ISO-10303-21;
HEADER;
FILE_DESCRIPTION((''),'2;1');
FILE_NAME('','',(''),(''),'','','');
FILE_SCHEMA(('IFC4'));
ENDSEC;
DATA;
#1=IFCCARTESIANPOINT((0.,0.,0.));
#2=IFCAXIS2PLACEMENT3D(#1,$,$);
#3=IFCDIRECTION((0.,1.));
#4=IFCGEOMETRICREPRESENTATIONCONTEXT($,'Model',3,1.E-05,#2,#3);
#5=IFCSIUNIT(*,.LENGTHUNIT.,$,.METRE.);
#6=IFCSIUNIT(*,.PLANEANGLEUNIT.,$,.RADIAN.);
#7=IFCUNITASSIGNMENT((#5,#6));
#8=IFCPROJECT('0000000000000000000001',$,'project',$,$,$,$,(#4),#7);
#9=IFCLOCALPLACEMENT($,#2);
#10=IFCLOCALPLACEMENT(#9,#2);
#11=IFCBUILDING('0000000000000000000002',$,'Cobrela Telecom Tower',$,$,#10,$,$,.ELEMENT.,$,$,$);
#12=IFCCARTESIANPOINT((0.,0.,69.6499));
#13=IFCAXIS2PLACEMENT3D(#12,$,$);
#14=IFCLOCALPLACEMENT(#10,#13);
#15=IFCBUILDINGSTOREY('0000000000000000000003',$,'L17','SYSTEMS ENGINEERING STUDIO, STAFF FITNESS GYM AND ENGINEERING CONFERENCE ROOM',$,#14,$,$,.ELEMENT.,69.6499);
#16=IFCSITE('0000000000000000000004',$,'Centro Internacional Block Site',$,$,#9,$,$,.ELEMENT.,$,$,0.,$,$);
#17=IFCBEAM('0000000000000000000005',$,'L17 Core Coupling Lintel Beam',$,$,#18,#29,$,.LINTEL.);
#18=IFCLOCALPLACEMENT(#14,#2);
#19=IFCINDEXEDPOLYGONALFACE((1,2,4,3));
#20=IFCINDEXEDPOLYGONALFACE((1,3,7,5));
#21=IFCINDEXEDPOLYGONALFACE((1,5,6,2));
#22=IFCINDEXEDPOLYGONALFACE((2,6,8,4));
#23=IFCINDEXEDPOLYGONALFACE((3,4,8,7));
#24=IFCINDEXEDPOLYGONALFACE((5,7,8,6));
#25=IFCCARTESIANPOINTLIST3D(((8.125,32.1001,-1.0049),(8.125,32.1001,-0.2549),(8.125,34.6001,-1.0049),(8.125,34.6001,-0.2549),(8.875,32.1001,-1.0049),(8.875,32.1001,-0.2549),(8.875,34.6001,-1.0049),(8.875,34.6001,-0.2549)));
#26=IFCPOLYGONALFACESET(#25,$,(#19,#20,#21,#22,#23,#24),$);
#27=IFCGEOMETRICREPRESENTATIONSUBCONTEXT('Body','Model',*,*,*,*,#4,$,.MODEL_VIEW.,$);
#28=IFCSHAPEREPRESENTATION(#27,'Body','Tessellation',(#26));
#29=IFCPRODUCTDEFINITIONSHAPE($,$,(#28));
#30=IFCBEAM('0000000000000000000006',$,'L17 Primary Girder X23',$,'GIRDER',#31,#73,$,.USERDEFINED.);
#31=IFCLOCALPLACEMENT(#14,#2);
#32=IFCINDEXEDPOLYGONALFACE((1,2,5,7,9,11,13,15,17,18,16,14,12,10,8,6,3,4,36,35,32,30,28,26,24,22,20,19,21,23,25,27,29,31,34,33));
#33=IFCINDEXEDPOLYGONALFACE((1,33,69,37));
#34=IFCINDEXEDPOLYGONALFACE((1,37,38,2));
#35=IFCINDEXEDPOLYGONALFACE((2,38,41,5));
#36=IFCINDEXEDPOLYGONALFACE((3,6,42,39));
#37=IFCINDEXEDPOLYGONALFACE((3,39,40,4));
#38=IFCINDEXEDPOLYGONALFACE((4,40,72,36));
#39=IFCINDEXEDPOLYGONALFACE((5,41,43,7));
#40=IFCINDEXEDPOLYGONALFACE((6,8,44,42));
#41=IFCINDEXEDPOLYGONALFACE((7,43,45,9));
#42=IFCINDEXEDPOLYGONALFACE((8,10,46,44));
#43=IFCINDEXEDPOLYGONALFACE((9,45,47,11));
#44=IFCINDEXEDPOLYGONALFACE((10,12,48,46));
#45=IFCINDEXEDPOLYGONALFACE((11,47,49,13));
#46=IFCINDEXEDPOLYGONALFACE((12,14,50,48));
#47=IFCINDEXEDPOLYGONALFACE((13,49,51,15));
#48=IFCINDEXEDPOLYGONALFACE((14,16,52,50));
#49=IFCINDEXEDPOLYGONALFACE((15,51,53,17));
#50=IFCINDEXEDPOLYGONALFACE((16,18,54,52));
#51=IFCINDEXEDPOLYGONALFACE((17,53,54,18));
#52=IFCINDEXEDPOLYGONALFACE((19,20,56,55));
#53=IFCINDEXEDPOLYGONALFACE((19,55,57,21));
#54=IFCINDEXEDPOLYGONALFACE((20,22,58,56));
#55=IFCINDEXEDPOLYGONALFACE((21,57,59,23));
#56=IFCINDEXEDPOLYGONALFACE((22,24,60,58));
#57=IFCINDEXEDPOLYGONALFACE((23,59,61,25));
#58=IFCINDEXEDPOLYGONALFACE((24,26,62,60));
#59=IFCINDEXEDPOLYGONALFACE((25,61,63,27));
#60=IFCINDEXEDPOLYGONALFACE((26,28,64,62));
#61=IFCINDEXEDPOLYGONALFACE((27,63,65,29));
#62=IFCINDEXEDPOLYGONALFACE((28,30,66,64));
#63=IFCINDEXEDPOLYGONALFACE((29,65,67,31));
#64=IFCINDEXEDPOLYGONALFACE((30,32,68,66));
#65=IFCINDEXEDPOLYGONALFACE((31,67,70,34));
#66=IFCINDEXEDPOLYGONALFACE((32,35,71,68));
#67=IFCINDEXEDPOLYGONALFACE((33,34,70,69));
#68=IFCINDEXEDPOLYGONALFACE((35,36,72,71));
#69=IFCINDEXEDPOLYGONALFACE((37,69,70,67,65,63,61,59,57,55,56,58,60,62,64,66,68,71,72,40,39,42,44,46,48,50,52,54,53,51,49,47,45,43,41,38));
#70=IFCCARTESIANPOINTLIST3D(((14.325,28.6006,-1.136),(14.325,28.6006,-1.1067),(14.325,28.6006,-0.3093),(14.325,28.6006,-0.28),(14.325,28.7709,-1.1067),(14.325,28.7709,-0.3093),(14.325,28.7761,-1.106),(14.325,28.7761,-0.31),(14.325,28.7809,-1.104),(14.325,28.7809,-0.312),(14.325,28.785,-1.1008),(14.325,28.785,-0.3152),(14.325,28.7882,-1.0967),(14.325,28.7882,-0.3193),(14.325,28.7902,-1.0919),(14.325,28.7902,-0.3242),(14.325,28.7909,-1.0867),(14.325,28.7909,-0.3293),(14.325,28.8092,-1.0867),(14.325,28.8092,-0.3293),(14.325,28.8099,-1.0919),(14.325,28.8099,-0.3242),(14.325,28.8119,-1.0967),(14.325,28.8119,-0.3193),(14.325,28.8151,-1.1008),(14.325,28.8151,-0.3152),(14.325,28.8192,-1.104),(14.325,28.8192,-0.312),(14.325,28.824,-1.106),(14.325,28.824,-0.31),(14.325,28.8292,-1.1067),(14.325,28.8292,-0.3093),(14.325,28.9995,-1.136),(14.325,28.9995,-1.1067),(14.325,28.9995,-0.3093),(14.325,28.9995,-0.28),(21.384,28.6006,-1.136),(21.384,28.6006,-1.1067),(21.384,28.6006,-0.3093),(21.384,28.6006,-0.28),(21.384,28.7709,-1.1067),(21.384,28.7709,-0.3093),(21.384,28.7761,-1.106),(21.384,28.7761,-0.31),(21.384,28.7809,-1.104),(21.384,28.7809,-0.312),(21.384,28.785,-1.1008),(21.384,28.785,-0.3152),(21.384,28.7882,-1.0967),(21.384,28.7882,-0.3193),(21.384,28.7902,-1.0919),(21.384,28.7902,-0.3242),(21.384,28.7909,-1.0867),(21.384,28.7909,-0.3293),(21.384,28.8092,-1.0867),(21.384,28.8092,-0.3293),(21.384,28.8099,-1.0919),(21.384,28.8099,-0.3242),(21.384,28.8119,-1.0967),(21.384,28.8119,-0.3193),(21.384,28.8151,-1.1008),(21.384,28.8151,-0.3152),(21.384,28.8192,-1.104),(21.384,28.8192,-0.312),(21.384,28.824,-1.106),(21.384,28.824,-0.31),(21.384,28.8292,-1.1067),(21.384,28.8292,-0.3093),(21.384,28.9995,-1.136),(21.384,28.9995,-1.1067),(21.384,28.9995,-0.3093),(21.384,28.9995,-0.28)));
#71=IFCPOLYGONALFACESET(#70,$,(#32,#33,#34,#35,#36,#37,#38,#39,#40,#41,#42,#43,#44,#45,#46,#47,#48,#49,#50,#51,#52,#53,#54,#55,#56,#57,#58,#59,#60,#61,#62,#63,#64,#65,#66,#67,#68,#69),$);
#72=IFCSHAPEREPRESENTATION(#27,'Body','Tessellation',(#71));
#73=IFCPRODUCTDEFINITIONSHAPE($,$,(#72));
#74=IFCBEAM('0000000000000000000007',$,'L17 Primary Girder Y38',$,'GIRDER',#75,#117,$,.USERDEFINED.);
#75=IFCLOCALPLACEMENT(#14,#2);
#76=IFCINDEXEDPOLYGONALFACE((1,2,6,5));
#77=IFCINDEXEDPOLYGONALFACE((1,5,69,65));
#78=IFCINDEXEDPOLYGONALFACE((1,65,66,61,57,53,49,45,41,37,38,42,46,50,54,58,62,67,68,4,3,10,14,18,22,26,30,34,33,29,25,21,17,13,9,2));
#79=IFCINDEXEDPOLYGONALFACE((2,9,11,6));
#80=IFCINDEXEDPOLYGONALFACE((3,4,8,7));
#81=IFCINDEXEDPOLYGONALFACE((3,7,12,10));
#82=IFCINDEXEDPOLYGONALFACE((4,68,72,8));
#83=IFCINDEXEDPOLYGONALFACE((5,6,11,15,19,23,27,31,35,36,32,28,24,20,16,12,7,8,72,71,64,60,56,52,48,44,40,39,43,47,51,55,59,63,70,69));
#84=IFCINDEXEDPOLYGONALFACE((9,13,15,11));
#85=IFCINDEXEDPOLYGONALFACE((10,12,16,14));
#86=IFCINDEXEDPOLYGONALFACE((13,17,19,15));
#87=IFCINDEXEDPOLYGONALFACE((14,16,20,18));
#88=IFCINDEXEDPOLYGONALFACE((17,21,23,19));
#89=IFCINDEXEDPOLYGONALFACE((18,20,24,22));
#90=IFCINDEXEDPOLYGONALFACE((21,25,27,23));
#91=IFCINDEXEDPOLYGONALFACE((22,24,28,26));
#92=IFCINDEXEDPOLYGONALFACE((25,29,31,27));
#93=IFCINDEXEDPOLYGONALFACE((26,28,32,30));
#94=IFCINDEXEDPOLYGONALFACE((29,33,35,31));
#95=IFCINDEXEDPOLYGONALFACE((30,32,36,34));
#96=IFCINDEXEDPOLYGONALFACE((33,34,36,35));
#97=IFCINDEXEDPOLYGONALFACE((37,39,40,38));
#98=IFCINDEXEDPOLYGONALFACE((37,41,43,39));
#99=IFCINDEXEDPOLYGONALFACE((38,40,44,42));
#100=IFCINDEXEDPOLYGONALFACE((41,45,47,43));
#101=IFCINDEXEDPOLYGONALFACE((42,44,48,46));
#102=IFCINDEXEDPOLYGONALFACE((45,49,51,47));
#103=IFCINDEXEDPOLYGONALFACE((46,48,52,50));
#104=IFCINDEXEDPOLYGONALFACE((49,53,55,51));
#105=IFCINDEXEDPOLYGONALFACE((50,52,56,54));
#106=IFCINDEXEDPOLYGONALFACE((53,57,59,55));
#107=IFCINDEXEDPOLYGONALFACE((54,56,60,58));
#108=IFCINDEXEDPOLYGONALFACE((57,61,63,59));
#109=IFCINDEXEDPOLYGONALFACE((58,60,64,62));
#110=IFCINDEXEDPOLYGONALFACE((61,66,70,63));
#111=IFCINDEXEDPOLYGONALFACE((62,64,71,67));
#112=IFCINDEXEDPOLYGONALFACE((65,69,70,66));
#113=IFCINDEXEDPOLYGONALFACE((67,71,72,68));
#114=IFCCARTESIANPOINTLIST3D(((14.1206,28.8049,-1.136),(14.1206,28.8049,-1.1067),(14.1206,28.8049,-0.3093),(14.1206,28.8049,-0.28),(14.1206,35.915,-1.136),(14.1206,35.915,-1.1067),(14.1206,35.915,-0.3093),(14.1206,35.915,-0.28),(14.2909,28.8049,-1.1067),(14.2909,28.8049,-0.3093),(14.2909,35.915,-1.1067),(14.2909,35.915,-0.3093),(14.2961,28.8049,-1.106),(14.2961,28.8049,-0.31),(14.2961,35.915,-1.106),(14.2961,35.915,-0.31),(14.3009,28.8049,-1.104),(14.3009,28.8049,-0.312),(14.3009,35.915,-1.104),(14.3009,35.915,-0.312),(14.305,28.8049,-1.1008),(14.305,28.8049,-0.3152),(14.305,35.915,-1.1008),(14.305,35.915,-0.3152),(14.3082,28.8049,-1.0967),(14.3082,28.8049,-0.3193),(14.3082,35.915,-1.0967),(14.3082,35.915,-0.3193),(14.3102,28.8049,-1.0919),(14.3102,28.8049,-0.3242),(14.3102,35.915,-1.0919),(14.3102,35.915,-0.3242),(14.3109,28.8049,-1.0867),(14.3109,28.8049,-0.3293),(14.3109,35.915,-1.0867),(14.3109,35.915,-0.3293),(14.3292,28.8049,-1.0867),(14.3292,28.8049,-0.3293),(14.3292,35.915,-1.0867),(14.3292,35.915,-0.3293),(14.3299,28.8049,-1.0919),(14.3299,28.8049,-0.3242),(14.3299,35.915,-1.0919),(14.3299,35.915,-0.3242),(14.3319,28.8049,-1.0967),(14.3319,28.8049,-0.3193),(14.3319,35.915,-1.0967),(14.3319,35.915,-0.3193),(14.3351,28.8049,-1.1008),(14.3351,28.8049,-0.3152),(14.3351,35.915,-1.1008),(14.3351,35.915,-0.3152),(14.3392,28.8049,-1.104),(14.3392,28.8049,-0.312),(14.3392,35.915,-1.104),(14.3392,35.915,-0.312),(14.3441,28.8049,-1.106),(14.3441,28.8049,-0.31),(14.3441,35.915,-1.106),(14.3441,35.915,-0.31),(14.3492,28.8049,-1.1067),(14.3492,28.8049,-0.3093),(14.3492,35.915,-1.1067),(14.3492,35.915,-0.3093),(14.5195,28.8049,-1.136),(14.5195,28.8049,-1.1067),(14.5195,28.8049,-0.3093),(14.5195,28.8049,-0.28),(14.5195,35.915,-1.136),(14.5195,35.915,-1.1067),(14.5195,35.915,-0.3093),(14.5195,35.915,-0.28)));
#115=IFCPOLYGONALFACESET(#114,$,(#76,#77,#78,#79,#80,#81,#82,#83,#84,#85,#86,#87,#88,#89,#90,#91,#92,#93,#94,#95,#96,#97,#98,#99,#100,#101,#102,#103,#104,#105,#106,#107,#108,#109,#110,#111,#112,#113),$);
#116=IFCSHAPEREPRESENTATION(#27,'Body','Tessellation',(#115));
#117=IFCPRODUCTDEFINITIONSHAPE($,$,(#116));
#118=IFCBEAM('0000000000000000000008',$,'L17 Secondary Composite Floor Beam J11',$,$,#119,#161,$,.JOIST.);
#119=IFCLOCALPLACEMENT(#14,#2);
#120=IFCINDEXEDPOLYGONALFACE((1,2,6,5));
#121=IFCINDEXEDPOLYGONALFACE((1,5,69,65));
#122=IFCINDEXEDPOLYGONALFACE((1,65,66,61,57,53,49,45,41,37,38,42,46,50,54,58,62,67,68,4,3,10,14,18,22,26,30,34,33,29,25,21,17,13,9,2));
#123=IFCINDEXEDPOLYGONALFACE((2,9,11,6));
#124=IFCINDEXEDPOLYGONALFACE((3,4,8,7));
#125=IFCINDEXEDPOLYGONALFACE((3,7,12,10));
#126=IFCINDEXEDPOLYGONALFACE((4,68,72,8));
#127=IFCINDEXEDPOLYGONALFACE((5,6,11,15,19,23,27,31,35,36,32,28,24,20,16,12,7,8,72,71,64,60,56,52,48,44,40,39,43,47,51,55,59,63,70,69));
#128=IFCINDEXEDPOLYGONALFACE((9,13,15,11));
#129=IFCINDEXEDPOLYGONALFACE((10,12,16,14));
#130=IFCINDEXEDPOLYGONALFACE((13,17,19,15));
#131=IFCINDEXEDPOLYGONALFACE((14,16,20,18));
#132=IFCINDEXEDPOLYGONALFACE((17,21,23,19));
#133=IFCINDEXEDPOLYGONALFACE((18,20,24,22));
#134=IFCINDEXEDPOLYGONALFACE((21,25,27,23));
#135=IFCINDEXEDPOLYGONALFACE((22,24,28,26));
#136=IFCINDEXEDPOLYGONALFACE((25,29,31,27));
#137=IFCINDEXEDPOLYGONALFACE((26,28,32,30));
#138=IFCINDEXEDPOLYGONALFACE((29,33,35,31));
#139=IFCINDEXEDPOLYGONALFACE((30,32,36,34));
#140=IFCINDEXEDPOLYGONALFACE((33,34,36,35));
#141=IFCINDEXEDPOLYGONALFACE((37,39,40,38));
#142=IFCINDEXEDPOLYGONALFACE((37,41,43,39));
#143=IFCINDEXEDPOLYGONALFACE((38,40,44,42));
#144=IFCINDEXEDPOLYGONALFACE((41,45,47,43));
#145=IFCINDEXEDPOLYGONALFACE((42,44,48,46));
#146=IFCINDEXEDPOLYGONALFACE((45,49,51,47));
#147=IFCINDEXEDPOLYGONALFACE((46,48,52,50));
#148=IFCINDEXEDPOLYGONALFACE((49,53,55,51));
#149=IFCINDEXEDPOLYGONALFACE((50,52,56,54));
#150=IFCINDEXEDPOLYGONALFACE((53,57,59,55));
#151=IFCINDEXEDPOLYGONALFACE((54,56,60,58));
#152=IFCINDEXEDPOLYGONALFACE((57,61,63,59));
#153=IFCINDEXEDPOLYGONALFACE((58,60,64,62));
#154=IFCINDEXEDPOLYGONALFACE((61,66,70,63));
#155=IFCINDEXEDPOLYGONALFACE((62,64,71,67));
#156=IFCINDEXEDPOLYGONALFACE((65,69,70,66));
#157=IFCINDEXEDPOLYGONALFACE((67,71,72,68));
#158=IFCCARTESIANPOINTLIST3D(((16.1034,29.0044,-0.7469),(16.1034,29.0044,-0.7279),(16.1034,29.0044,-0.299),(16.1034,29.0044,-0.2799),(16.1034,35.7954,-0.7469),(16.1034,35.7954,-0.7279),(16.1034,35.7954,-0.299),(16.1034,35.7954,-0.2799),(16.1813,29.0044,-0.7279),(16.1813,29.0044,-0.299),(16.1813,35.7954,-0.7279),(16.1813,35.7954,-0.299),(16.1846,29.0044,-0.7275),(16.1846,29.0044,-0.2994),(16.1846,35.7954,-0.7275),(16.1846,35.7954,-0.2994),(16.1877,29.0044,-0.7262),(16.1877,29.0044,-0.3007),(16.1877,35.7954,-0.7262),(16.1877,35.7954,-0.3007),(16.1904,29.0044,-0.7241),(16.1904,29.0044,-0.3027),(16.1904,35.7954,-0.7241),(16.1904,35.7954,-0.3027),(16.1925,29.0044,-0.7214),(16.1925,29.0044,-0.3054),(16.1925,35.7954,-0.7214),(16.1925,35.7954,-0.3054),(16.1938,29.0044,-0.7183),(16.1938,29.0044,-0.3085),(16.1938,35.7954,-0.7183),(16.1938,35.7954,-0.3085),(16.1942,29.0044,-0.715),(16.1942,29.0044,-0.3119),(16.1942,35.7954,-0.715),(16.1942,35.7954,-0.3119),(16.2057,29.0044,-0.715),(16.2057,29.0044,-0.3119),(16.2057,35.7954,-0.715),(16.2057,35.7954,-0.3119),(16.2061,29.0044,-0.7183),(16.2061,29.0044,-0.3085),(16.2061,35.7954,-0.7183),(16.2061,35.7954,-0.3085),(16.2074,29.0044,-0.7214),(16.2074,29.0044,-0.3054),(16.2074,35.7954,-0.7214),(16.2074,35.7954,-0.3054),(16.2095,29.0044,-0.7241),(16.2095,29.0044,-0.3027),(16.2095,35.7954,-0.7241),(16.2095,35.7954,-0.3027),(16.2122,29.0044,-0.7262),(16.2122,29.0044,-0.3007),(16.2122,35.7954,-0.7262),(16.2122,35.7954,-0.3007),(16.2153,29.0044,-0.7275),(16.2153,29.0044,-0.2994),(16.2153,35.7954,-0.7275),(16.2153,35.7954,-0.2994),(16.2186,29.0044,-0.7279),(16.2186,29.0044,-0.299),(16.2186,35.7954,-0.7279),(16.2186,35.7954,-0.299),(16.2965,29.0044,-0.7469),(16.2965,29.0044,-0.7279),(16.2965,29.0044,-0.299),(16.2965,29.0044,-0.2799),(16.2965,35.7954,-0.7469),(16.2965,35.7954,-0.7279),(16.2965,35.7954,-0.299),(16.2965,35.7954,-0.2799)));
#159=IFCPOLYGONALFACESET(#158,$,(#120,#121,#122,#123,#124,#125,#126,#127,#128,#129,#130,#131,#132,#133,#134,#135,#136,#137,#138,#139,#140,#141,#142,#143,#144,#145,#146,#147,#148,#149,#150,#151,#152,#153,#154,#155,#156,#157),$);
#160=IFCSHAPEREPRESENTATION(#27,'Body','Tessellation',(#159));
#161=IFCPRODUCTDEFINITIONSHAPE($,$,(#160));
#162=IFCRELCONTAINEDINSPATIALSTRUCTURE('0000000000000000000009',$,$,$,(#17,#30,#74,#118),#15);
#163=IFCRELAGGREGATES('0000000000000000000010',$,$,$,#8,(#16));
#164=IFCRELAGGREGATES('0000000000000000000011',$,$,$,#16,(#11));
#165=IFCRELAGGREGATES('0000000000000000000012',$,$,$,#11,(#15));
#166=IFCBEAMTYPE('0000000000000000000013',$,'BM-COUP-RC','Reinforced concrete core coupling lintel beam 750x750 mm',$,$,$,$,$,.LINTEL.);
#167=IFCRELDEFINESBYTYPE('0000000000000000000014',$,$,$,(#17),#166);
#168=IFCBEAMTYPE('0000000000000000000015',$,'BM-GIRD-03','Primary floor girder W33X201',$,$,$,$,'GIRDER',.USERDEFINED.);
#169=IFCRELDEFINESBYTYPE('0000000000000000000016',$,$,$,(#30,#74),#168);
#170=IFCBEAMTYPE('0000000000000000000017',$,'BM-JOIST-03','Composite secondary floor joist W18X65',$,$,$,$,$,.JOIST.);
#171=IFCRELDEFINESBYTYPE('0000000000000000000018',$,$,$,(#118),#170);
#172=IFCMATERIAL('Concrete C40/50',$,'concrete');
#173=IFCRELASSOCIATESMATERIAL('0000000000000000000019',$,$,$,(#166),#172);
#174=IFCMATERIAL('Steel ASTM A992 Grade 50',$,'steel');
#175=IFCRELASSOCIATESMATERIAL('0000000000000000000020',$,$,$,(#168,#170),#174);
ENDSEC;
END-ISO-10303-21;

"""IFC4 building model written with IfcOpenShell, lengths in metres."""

from ifc_helpers import new_model, si_unit, direction, frame, origin, origin_2d, place, context, subcontext, project, spatial, rectangle, i_section, extrude, material, material_profile, profile_set, type_object, element, save


model = new_model("IFC4")

# Units and contexts
model_context = context("Model", 3, precision=1e-05, world=origin(), true_north=direction((0.0, 1.0)))
body_context = subcontext(model_context, "Body", "Model", "MODEL_VIEW")
ifc_project = project(units=[si_unit("LENGTHUNIT", "METRE"), si_unit("PLANEANGLEUNIT", "RADIAN")], contexts=[model_context])

# Site, building, storey
site_placement = place(None, origin())
site = spatial("IfcSite", under=ifc_project, at=site_placement, Name="Centro Internacional Block Site", CompositionType="ELEMENT", RefElevation=0.0)
building_placement = place(site_placement, origin())
building = spatial("IfcBuilding", under=site, at=building_placement, Name="Cobrela Telecom Tower", CompositionType="ELEMENT")
storey_placement = place(building_placement, frame((0.0, 0.0, 69.6499)))
storey = spatial("IfcBuildingStorey", under=building, at=storey_placement, Name="L17", Description="SYSTEMS ENGINEERING STUDIO, STAFF FITNESS GYM AND ENGINEERING CONFERENCE ROOM", CompositionType="ELEMENT", Elevation=69.6499)

# Beams
ifc_material_1 = material(Name="Concrete C40/50", Category="concrete")
ifc_material_profile_1 = material_profile(ifc_material_1, rectangle(XDim=0.75, YDim=0.75, at=origin_2d()), Name="RC 750x750")
ifc_profile_set_1 = profile_set([ifc_material_profile_1], Name="Concrete C40/50")
beam_type_1 = type_object("IfcBeamType", Name="BM-COUP-RC", Description="Reinforced concrete core coupling lintel beam 750x750 mm", PredefinedType="LINTEL", material=ifc_profile_set_1)
beam_1_placement = place(storey_placement, frame((8.5, 32.1001, -0.6299), z_axis=(0.0, 1.0, 0.0), x_axis=(-1.0, 0.0, 0.0)))
element("IfcBeam", 1, at=beam_1_placement, inside=storey, type_object=beam_type_1, Name="L17 Core Coupling Lintel Beam", PredefinedType="LINTEL", context=body_context, shape_type="SweptSolid", body=[
    extrude(rectangle(XDim=0.75, YDim=0.75, at=origin_2d()), origin(), (0.0, 0.0, 1.0), 2.5),
])
ifc_material_2 = material(Name="Steel ASTM A992 Grade 50", Category="steel")
ifc_material_profile_2 = material_profile(ifc_material_2, i_section(OverallWidth=0.3989, OverallDepth=0.856, WebThickness=0.0183, FlangeThickness=0.0293, FilletRadius=0.02, at=origin_2d()), Name="W33X201")
ifc_profile_set_2 = profile_set([ifc_material_profile_2], Name="Steel ASTM A992 Grade 50")
beam_type_2 = type_object("IfcBeamType", Name="BM-GIRD-03", Description="Primary floor girder W33X201", ElementType="GIRDER", PredefinedType="USERDEFINED", material=ifc_profile_set_2)
beam_2_placement = place(storey_placement, frame((14.325, 28.8, -0.708), z_axis=(1.0, 0.0, 0.0), x_axis=(0.0, 1.0, 0.0)))
element("IfcBeam", 2, at=beam_2_placement, inside=storey, type_object=beam_type_2, Name="L17 Primary Girder X23", ObjectType="GIRDER", PredefinedType="USERDEFINED", context=body_context, shape_type="SweptSolid", body=[
    extrude(i_section(OverallWidth=0.3989, OverallDepth=0.856, WebThickness=0.0183, FlangeThickness=0.0293, FilletRadius=0.02, at=origin_2d()), origin(), (0.0, 0.0, 1.0), 7.0591),
])
beam_3_placement = place(storey_placement, frame((14.3201, 28.8049, -0.708), z_axis=(0.0, 1.0, 0.0), x_axis=(-1.0, 0.0, 0.0)))
element("IfcBeam", 3, at=beam_3_placement, inside=storey, type_object=beam_type_2, Name="L17 Primary Girder Y38", ObjectType="GIRDER", PredefinedType="USERDEFINED", context=body_context, shape_type="SweptSolid", body=[
    extrude(i_section(OverallWidth=0.3989, OverallDepth=0.856, WebThickness=0.0183, FlangeThickness=0.0293, FilletRadius=0.02, at=origin_2d()), origin(), (0.0, 0.0, 1.0), 7.1101),
])
ifc_material_profile_3 = material_profile(ifc_material_2, i_section(OverallWidth=0.1931, OverallDepth=0.467, WebThickness=0.0115, FlangeThickness=0.019, FilletRadius=0.0129, at=origin_2d()), Name="W18X65")
ifc_profile_set_3 = profile_set([ifc_material_profile_3], Name="Steel ASTM A992 Grade 50")
beam_type_3 = type_object("IfcBeamType", Name="BM-JOIST-03", Description="Composite secondary floor joist W18X65", PredefinedType="JOIST", material=ifc_profile_set_3)
for number, where, z_axis, x_axis, name in (
    (4, (16.2, 29.0044, -0.5134), (0.0, 1.0, 0.0), (-1.0, 0.0, 0.0), "L17 Secondary Composite Floor Beam J11"),
):
    element("IfcBeam", number, at=place(storey_placement, frame(where, z_axis=z_axis, x_axis=x_axis)), inside=storey, type_object=beam_type_3, Name=name, PredefinedType="JOIST", context=body_context, shape_type="SweptSolid", body=[
        extrude(i_section(OverallWidth=0.1931, OverallDepth=0.467, WebThickness=0.0115, FlangeThickness=0.019, FilletRadius=0.0129, at=origin_2d()), origin(), (0.0, 0.0, 1.0), 6.791),
    ])

save(model, "model.ifc")
